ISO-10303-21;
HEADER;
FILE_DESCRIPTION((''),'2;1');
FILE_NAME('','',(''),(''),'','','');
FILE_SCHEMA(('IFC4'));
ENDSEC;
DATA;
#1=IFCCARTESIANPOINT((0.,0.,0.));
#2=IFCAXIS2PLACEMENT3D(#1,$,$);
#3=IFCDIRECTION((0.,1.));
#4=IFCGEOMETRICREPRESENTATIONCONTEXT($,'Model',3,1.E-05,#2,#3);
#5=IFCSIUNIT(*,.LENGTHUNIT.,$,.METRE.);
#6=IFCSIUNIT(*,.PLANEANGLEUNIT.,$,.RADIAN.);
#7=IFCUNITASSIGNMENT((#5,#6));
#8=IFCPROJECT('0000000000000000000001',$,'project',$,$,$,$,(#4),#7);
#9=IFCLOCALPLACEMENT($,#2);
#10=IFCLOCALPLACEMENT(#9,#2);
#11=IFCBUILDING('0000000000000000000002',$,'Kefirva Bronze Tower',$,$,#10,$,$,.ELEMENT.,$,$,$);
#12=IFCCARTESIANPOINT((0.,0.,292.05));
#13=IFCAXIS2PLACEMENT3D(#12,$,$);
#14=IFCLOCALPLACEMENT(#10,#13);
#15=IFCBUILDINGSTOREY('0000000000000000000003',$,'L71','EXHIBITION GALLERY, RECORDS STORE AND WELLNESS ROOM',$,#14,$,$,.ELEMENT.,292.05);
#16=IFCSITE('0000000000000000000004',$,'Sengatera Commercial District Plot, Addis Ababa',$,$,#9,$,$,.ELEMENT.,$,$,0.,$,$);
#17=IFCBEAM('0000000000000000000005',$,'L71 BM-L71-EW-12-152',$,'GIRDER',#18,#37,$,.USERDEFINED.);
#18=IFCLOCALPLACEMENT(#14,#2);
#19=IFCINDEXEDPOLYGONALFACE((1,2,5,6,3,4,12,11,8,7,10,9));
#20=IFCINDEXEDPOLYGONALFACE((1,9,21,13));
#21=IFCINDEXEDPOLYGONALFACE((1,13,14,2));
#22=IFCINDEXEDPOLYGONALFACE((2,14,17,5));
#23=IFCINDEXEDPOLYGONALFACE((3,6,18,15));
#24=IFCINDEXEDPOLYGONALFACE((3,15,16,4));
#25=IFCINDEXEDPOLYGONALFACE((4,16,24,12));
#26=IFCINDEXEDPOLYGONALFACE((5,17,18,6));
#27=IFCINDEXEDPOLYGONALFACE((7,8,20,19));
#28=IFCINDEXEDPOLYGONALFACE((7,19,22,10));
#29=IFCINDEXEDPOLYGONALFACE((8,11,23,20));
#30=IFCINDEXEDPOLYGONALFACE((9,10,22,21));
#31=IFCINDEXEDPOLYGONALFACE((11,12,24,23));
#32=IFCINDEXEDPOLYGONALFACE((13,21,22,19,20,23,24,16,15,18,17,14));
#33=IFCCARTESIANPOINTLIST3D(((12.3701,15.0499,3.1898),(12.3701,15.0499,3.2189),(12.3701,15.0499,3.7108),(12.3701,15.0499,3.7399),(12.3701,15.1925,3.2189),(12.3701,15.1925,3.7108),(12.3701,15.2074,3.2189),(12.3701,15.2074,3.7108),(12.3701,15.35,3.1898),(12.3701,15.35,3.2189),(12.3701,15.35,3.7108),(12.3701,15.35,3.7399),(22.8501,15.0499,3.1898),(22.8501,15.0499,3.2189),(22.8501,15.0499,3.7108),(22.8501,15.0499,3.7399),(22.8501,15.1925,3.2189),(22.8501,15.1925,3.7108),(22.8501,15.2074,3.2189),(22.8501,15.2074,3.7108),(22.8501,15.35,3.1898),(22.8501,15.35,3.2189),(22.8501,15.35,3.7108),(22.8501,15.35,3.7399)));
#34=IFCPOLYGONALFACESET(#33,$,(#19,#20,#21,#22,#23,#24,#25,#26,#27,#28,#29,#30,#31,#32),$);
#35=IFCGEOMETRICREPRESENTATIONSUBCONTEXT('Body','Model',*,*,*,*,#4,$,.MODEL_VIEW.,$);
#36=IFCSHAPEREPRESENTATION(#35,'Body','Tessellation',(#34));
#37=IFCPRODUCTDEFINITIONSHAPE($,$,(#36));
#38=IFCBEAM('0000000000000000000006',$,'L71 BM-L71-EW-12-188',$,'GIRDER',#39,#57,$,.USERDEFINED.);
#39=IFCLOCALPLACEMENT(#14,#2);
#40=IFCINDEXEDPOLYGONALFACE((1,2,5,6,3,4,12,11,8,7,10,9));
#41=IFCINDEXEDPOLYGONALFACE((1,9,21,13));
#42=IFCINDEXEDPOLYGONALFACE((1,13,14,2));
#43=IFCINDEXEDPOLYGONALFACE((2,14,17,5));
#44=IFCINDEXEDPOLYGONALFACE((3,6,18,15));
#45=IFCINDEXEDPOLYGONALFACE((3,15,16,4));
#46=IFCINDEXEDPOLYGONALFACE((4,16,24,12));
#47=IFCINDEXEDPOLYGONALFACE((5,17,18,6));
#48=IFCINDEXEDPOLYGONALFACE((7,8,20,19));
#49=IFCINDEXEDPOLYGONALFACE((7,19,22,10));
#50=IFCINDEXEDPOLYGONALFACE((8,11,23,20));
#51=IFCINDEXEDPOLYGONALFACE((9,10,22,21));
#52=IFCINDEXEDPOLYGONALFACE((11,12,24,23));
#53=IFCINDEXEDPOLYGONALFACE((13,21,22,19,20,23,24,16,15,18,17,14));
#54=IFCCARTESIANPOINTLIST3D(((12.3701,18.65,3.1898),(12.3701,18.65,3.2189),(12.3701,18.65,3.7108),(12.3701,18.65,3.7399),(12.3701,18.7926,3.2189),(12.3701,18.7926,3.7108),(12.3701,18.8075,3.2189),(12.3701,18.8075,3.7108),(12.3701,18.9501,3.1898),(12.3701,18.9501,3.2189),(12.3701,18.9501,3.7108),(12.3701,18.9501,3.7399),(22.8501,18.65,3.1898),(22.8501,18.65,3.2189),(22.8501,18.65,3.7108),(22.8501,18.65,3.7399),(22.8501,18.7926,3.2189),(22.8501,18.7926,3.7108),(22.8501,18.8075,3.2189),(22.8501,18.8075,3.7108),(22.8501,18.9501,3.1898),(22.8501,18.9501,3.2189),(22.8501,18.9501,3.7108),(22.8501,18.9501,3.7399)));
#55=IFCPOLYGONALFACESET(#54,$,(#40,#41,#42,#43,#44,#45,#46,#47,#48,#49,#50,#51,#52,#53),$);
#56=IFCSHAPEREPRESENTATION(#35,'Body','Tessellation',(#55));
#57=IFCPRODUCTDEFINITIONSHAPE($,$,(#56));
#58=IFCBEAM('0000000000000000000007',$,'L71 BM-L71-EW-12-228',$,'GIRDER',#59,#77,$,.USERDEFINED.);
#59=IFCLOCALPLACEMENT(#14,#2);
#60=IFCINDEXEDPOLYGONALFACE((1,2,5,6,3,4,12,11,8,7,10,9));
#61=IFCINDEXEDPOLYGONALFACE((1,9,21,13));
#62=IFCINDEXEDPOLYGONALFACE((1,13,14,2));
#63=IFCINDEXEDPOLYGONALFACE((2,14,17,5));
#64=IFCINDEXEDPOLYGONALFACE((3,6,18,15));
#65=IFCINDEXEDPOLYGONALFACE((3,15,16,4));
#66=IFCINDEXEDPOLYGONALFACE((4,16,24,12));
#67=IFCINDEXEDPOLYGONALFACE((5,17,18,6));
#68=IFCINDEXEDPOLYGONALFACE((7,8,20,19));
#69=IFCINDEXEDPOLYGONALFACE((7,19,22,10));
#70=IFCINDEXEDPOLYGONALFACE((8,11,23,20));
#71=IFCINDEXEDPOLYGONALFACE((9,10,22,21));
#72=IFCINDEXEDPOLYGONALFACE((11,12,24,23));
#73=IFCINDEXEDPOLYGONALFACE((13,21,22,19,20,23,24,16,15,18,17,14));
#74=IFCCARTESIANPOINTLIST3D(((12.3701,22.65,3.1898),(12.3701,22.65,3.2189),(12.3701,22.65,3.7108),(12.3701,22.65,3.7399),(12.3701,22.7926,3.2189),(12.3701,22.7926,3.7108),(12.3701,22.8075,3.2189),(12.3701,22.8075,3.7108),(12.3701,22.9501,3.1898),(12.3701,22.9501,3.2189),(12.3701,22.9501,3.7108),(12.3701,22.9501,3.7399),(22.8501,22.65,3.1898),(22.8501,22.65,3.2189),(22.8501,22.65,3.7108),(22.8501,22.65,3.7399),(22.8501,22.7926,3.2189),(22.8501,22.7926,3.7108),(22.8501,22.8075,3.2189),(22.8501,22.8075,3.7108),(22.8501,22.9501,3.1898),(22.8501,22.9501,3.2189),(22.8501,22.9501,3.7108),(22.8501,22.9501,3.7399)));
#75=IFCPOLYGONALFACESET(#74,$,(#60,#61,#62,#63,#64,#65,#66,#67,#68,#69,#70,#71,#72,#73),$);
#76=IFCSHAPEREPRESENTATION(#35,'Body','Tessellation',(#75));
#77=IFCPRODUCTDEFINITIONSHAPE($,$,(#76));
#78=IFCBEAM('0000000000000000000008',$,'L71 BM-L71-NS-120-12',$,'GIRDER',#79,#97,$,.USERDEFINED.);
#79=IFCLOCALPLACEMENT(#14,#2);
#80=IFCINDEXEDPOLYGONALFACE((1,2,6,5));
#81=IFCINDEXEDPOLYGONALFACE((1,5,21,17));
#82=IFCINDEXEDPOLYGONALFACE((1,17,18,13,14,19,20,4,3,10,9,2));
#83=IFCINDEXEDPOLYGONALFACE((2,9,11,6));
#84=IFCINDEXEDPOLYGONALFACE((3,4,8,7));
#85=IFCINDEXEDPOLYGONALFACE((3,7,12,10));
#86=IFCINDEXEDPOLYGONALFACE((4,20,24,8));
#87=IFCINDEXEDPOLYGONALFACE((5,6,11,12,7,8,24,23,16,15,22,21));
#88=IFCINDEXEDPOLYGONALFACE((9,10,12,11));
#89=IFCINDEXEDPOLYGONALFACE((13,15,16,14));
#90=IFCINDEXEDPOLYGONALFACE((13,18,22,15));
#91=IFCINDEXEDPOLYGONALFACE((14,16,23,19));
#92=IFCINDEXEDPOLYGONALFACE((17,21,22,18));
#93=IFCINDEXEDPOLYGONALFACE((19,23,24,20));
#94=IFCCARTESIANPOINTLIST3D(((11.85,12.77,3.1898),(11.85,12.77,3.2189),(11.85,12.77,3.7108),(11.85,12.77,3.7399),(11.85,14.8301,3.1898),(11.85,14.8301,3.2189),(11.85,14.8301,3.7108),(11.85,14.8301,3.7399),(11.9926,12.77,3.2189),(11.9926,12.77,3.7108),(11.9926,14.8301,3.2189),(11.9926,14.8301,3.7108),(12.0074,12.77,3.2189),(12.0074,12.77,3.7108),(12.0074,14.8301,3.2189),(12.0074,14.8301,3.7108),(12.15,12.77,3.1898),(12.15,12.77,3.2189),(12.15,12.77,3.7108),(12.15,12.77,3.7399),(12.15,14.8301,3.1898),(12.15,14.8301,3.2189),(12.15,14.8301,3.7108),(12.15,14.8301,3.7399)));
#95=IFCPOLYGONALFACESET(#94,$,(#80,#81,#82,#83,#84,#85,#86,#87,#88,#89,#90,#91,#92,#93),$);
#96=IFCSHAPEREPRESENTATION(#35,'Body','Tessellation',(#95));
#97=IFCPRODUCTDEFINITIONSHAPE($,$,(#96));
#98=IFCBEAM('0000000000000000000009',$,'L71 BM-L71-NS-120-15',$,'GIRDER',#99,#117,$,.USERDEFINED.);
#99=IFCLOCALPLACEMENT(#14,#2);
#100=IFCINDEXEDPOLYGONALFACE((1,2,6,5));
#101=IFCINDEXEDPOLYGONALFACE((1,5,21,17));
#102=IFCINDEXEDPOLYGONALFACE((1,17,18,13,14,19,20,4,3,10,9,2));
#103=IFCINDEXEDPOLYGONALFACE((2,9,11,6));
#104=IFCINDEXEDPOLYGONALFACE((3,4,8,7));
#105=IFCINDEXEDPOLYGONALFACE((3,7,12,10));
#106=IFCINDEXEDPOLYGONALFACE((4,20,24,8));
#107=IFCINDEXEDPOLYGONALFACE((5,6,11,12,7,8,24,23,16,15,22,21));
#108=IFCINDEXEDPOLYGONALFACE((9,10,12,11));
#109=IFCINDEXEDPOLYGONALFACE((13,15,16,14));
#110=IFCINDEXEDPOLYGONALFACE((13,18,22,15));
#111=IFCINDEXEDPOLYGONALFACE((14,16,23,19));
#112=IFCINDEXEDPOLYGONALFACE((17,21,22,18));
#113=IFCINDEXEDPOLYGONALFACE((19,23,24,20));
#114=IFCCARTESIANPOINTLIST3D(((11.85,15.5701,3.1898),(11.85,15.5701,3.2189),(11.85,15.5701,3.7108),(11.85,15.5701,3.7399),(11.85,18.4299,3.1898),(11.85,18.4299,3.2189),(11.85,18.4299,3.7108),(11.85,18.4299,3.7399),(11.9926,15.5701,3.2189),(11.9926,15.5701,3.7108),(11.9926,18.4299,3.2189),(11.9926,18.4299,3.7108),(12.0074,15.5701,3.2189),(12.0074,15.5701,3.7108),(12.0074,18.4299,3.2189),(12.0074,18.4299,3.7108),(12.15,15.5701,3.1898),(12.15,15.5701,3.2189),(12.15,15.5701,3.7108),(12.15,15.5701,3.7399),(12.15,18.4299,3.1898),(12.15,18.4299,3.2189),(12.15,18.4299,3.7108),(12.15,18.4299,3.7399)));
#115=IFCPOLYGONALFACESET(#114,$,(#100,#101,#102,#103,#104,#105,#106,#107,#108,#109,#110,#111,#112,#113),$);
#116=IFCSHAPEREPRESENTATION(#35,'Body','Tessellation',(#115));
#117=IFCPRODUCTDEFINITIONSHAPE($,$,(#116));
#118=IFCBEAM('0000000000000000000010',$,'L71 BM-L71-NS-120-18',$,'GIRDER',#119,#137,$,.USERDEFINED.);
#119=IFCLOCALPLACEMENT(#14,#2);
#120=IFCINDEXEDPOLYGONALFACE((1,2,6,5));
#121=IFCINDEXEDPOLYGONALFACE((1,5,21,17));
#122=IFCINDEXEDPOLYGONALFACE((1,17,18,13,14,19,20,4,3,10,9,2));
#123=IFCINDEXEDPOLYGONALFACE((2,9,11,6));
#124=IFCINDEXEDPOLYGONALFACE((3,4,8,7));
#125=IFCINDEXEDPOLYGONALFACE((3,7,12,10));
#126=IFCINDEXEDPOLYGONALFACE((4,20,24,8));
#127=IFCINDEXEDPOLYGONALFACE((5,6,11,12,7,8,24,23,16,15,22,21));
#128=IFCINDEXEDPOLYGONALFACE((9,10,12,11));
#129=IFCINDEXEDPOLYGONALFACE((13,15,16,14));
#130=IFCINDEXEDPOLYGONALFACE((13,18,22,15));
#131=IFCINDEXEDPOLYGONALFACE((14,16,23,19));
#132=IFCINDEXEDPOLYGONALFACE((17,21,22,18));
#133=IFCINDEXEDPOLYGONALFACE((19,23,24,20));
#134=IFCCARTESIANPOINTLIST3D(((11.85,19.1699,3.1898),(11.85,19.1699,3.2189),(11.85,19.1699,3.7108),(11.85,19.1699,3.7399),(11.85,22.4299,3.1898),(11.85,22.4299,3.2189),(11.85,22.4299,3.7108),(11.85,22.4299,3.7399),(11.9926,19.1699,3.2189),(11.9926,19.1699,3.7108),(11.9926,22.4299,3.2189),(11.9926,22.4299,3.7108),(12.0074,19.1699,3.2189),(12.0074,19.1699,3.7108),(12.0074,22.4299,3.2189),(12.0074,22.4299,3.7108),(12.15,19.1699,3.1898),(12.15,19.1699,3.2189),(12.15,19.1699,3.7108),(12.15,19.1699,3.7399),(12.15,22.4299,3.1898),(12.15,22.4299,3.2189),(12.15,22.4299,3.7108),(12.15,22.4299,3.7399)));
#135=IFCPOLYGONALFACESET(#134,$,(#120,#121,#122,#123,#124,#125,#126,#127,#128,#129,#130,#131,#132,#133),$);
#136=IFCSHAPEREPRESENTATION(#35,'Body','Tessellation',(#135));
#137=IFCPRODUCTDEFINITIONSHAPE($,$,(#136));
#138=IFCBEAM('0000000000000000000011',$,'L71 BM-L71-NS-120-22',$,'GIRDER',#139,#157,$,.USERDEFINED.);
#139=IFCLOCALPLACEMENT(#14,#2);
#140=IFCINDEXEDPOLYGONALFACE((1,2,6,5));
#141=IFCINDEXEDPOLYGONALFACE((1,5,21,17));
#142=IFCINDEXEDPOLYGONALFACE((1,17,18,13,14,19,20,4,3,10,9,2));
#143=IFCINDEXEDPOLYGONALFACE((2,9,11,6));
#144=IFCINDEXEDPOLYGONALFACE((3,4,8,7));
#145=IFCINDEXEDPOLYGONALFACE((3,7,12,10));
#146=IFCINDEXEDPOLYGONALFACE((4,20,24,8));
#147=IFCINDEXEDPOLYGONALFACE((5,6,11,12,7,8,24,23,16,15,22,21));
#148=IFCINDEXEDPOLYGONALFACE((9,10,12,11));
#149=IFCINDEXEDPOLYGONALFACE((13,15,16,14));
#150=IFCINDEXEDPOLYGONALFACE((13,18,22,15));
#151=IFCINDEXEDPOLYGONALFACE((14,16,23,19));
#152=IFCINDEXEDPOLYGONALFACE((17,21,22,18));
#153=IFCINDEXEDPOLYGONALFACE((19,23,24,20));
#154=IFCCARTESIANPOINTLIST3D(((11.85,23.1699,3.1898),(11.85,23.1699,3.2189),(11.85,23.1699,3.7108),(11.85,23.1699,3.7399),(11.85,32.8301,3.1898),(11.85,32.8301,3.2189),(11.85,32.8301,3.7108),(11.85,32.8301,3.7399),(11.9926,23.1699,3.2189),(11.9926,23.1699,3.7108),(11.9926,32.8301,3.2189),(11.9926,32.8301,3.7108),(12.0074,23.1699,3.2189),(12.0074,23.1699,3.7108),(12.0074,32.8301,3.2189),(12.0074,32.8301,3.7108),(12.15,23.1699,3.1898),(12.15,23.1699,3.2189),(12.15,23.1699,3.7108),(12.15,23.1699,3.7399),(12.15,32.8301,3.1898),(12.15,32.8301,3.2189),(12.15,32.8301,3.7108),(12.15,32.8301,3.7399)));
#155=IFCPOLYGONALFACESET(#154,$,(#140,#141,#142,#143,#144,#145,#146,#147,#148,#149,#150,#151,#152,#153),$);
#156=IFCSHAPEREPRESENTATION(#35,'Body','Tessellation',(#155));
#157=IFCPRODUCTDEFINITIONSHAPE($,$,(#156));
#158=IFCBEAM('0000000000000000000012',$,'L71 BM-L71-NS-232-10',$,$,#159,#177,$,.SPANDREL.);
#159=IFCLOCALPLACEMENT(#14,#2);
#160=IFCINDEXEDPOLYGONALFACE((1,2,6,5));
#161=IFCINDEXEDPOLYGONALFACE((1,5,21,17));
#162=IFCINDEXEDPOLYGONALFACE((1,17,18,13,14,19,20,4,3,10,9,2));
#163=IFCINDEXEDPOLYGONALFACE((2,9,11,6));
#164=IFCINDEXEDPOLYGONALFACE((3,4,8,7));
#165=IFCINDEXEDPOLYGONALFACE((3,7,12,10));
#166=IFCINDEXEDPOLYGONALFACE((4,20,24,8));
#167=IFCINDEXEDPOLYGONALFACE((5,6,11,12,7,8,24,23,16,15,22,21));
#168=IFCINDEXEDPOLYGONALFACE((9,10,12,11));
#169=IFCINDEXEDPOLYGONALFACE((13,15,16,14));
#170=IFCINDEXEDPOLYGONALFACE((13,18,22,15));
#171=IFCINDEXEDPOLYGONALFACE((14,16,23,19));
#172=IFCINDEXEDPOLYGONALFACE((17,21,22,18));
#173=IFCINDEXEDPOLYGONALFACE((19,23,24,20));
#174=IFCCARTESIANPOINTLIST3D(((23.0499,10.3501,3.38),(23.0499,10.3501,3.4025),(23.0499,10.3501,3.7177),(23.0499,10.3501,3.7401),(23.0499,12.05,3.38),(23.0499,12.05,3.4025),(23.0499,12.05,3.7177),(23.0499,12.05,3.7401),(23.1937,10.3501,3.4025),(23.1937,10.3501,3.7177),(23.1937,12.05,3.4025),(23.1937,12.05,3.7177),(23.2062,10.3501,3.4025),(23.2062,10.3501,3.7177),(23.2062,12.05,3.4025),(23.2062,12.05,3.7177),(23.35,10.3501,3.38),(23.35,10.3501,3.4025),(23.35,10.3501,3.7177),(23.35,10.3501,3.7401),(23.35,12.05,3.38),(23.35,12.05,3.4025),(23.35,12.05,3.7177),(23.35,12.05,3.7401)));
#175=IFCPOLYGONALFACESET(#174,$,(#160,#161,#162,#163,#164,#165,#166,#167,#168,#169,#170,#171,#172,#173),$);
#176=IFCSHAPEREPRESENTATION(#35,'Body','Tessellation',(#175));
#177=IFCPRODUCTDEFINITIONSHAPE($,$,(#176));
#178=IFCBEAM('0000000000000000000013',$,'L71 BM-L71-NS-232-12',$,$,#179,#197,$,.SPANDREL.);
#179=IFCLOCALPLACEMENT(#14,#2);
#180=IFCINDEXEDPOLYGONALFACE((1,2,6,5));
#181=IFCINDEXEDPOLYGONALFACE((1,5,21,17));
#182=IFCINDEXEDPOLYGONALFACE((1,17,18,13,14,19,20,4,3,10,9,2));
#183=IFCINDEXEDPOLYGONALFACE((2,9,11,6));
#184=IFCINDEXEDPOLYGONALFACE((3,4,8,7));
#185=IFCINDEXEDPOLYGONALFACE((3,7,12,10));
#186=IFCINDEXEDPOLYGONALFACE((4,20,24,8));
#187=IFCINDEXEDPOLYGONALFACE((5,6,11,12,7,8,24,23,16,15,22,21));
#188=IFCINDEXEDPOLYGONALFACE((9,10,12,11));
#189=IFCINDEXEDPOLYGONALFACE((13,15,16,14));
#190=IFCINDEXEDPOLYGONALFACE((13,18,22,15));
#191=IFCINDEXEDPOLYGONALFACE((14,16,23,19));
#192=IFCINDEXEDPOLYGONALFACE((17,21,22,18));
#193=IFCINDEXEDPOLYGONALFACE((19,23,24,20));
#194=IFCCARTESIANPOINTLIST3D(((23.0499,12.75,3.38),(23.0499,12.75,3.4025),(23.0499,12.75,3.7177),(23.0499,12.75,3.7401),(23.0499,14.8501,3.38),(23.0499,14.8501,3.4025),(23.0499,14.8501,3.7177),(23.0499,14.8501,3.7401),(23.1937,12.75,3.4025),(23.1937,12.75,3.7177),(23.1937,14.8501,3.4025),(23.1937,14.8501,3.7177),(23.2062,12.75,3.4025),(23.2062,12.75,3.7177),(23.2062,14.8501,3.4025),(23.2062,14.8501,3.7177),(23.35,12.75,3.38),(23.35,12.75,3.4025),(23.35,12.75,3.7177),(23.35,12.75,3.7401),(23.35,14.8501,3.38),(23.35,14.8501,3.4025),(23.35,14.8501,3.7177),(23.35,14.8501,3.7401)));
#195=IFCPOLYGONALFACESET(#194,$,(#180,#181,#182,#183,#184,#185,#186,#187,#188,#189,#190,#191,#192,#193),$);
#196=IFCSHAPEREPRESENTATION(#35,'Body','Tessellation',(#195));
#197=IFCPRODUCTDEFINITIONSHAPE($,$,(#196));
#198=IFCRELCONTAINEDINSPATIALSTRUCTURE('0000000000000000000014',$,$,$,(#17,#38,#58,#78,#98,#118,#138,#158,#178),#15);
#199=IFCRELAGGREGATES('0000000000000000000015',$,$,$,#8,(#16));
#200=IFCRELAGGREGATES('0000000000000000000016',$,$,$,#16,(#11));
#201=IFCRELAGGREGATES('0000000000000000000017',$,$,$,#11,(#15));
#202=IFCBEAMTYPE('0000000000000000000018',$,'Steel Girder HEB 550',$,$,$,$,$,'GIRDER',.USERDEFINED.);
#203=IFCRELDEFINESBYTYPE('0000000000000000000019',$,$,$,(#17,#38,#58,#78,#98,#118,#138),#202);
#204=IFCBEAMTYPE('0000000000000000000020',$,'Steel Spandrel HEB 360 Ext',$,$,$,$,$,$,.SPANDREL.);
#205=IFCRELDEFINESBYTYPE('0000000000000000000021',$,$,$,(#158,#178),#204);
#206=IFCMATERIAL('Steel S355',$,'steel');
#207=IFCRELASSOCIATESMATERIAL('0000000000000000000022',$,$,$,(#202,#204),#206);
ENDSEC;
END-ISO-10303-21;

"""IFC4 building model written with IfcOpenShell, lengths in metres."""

from ifc_helpers import new_model, si_unit, direction, frame, origin, origin_2d, place, context, subcontext, project, spatial, i_section, extrude, material, material_profile, profile_set, type_object, element, save


model = new_model("IFC4")

# Units and contexts
model_context = context("Model", 3, precision=1e-05, world=origin(), true_north=direction((0.0, 1.0)))
body_context = subcontext(model_context, "Body", "Model", "MODEL_VIEW")
ifc_project = project(units=[si_unit("LENGTHUNIT", "METRE"), si_unit("PLANEANGLEUNIT", "RADIAN")], contexts=[model_context])

# Site, building, storey
site_placement = place(None, origin())
site = spatial("IfcSite", under=ifc_project, at=site_placement, Name="Sengatera Commercial District Plot, Addis Ababa", CompositionType="ELEMENT", RefElevation=0.0)
building_placement = place(site_placement, origin())
building = spatial("IfcBuilding", under=site, at=building_placement, Name="Kefirva Bronze Tower", CompositionType="ELEMENT")
storey_placement = place(building_placement, frame((0.0, 0.0, 292.05)))
storey = spatial("IfcBuildingStorey", under=building, at=storey_placement, Name="L71", Description="EXHIBITION GALLERY, RECORDS STORE AND WELLNESS ROOM", CompositionType="ELEMENT", Elevation=292.05)

# Beams
ifc_material_1 = material(Name="Steel S355", Category="steel")
ifc_material_profile_1 = material_profile(ifc_material_1, i_section(OverallWidth=0.3, OverallDepth=0.55, WebThickness=0.0149, FlangeThickness=0.0291, at=origin_2d()), Name="HEB 550")
ifc_profile_set_1 = profile_set([ifc_material_profile_1], Name="Steel S355")
beam_type_1 = type_object("IfcBeamType", Name="Steel Girder HEB 550", ElementType="GIRDER", PredefinedType="USERDEFINED", material=ifc_profile_set_1)
for number, where, z_axis, x_axis, name in (
    (1, (12.3701, 15.2, 3.4648), (1.0, 0.0, 0.0), (0.0, 1.0, 0.0), "L71 BM-L71-EW-12-152"),
    (2, (12.3701, 18.8, 3.4648), (1.0, 0.0, 0.0), (0.0, 1.0, 0.0), "L71 BM-L71-EW-12-188"),
    (3, (12.3701, 22.8, 3.4648), (1.0, 0.0, 0.0), (0.0, 1.0, 0.0), "L71 BM-L71-EW-12-228"),
):
    element("IfcBeam", number, at=place(storey_placement, frame(where, z_axis=z_axis, x_axis=x_axis)), inside=storey, type_object=beam_type_1, Name=name, ObjectType="GIRDER", PredefinedType="USERDEFINED", context=body_context, shape_type="SweptSolid", body=[
        extrude(i_section(OverallWidth=0.3, OverallDepth=0.55, WebThickness=0.0149, FlangeThickness=0.0291, at=origin_2d()), origin(), (0.0, 0.0, 1.0), 10.48),
    ])
beam_1_placement = place(storey_placement, frame((12.0, 12.77, 3.4648), z_axis=(0.0, 1.0, 0.0), x_axis=(-1.0, 0.0, 0.0)))
element("IfcBeam", 4, at=beam_1_placement, inside=storey, type_object=beam_type_1, Name="L71 BM-L71-NS-120-12", ObjectType="GIRDER", PredefinedType="USERDEFINED", context=body_context, shape_type="SweptSolid", body=[
    extrude(i_section(OverallWidth=0.3, OverallDepth=0.55, WebThickness=0.0149, FlangeThickness=0.0291, at=origin_2d()), origin(), (0.0, 0.0, 1.0), 2.0601),
])
beam_2_placement = place(storey_placement, frame((12.0, 15.5701, 3.4648), z_axis=(0.0, 1.0, 0.0), x_axis=(-1.0, 0.0, 0.0)))
element("IfcBeam", 5, at=beam_2_placement, inside=storey, type_object=beam_type_1, Name="L71 BM-L71-NS-120-15", ObjectType="GIRDER", PredefinedType="USERDEFINED", context=body_context, shape_type="SweptSolid", body=[
    extrude(i_section(OverallWidth=0.3, OverallDepth=0.55, WebThickness=0.0149, FlangeThickness=0.0291, at=origin_2d()), origin(), (0.0, 0.0, 1.0), 2.8599),
])
beam_3_placement = place(storey_placement, frame((12.0, 19.1699, 3.4648), z_axis=(0.0, 1.0, 0.0), x_axis=(-1.0, 0.0, 0.0)))
element("IfcBeam", 6, at=beam_3_placement, inside=storey, type_object=beam_type_1, Name="L71 BM-L71-NS-120-18", ObjectType="GIRDER", PredefinedType="USERDEFINED", context=body_context, shape_type="SweptSolid", body=[
    extrude(i_section(OverallWidth=0.3, OverallDepth=0.55, WebThickness=0.0149, FlangeThickness=0.0291, at=origin_2d()), origin(), (0.0, 0.0, 1.0), 3.26),
])
beam_4_placement = place(storey_placement, frame((12.0, 23.1699, 3.4648), z_axis=(0.0, 1.0, 0.0), x_axis=(-1.0, 0.0, 0.0)))
element("IfcBeam", 7, at=beam_4_placement, inside=storey, type_object=beam_type_1, Name="L71 BM-L71-NS-120-22", ObjectType="GIRDER", PredefinedType="USERDEFINED", context=body_context, shape_type="SweptSolid", body=[
    extrude(i_section(OverallWidth=0.3, OverallDepth=0.55, WebThickness=0.0149, FlangeThickness=0.0291, at=origin_2d()), origin(), (0.0, 0.0, 1.0), 9.6602),
])
ifc_material_profile_2 = material_profile(ifc_material_1, i_section(OverallWidth=0.3, OverallDepth=0.3601, WebThickness=0.0125, FlangeThickness=0.0225, at=origin_2d()), Name="HEB 360")
ifc_profile_set_2 = profile_set([ifc_material_profile_2], Name="Steel S355")
beam_type_2 = type_object("IfcBeamType", Name="Steel Spandrel HEB 360 Ext", PredefinedType="SPANDREL", material=ifc_profile_set_2)
beam_5_placement = place(storey_placement, frame((23.2, 10.3501, 3.5601), z_axis=(0.0, 1.0, 0.0), x_axis=(-1.0, 0.0, 0.0)))
element("IfcBeam", 8, at=beam_5_placement, inside=storey, type_object=beam_type_2, Name="L71 BM-L71-NS-232-10", PredefinedType="SPANDREL", context=body_context, shape_type="SweptSolid", body=[
    extrude(i_section(OverallWidth=0.3, OverallDepth=0.3601, WebThickness=0.0125, FlangeThickness=0.0225, at=origin_2d()), origin(), (0.0, 0.0, 1.0), 1.7),
])
beam_6_placement = place(storey_placement, frame((23.2, 12.75, 3.5601), z_axis=(0.0, 1.0, 0.0), x_axis=(-1.0, 0.0, 0.0)))
element("IfcBeam", 9, at=beam_6_placement, inside=storey, type_object=beam_type_2, Name="L71 BM-L71-NS-232-12", PredefinedType="SPANDREL", context=body_context, shape_type="SweptSolid", body=[
    extrude(i_section(OverallWidth=0.3, OverallDepth=0.3601, WebThickness=0.0125, FlangeThickness=0.0225, at=origin_2d()), origin(), (0.0, 0.0, 1.0), 2.1001),
])

save(model, "model.ifc")
